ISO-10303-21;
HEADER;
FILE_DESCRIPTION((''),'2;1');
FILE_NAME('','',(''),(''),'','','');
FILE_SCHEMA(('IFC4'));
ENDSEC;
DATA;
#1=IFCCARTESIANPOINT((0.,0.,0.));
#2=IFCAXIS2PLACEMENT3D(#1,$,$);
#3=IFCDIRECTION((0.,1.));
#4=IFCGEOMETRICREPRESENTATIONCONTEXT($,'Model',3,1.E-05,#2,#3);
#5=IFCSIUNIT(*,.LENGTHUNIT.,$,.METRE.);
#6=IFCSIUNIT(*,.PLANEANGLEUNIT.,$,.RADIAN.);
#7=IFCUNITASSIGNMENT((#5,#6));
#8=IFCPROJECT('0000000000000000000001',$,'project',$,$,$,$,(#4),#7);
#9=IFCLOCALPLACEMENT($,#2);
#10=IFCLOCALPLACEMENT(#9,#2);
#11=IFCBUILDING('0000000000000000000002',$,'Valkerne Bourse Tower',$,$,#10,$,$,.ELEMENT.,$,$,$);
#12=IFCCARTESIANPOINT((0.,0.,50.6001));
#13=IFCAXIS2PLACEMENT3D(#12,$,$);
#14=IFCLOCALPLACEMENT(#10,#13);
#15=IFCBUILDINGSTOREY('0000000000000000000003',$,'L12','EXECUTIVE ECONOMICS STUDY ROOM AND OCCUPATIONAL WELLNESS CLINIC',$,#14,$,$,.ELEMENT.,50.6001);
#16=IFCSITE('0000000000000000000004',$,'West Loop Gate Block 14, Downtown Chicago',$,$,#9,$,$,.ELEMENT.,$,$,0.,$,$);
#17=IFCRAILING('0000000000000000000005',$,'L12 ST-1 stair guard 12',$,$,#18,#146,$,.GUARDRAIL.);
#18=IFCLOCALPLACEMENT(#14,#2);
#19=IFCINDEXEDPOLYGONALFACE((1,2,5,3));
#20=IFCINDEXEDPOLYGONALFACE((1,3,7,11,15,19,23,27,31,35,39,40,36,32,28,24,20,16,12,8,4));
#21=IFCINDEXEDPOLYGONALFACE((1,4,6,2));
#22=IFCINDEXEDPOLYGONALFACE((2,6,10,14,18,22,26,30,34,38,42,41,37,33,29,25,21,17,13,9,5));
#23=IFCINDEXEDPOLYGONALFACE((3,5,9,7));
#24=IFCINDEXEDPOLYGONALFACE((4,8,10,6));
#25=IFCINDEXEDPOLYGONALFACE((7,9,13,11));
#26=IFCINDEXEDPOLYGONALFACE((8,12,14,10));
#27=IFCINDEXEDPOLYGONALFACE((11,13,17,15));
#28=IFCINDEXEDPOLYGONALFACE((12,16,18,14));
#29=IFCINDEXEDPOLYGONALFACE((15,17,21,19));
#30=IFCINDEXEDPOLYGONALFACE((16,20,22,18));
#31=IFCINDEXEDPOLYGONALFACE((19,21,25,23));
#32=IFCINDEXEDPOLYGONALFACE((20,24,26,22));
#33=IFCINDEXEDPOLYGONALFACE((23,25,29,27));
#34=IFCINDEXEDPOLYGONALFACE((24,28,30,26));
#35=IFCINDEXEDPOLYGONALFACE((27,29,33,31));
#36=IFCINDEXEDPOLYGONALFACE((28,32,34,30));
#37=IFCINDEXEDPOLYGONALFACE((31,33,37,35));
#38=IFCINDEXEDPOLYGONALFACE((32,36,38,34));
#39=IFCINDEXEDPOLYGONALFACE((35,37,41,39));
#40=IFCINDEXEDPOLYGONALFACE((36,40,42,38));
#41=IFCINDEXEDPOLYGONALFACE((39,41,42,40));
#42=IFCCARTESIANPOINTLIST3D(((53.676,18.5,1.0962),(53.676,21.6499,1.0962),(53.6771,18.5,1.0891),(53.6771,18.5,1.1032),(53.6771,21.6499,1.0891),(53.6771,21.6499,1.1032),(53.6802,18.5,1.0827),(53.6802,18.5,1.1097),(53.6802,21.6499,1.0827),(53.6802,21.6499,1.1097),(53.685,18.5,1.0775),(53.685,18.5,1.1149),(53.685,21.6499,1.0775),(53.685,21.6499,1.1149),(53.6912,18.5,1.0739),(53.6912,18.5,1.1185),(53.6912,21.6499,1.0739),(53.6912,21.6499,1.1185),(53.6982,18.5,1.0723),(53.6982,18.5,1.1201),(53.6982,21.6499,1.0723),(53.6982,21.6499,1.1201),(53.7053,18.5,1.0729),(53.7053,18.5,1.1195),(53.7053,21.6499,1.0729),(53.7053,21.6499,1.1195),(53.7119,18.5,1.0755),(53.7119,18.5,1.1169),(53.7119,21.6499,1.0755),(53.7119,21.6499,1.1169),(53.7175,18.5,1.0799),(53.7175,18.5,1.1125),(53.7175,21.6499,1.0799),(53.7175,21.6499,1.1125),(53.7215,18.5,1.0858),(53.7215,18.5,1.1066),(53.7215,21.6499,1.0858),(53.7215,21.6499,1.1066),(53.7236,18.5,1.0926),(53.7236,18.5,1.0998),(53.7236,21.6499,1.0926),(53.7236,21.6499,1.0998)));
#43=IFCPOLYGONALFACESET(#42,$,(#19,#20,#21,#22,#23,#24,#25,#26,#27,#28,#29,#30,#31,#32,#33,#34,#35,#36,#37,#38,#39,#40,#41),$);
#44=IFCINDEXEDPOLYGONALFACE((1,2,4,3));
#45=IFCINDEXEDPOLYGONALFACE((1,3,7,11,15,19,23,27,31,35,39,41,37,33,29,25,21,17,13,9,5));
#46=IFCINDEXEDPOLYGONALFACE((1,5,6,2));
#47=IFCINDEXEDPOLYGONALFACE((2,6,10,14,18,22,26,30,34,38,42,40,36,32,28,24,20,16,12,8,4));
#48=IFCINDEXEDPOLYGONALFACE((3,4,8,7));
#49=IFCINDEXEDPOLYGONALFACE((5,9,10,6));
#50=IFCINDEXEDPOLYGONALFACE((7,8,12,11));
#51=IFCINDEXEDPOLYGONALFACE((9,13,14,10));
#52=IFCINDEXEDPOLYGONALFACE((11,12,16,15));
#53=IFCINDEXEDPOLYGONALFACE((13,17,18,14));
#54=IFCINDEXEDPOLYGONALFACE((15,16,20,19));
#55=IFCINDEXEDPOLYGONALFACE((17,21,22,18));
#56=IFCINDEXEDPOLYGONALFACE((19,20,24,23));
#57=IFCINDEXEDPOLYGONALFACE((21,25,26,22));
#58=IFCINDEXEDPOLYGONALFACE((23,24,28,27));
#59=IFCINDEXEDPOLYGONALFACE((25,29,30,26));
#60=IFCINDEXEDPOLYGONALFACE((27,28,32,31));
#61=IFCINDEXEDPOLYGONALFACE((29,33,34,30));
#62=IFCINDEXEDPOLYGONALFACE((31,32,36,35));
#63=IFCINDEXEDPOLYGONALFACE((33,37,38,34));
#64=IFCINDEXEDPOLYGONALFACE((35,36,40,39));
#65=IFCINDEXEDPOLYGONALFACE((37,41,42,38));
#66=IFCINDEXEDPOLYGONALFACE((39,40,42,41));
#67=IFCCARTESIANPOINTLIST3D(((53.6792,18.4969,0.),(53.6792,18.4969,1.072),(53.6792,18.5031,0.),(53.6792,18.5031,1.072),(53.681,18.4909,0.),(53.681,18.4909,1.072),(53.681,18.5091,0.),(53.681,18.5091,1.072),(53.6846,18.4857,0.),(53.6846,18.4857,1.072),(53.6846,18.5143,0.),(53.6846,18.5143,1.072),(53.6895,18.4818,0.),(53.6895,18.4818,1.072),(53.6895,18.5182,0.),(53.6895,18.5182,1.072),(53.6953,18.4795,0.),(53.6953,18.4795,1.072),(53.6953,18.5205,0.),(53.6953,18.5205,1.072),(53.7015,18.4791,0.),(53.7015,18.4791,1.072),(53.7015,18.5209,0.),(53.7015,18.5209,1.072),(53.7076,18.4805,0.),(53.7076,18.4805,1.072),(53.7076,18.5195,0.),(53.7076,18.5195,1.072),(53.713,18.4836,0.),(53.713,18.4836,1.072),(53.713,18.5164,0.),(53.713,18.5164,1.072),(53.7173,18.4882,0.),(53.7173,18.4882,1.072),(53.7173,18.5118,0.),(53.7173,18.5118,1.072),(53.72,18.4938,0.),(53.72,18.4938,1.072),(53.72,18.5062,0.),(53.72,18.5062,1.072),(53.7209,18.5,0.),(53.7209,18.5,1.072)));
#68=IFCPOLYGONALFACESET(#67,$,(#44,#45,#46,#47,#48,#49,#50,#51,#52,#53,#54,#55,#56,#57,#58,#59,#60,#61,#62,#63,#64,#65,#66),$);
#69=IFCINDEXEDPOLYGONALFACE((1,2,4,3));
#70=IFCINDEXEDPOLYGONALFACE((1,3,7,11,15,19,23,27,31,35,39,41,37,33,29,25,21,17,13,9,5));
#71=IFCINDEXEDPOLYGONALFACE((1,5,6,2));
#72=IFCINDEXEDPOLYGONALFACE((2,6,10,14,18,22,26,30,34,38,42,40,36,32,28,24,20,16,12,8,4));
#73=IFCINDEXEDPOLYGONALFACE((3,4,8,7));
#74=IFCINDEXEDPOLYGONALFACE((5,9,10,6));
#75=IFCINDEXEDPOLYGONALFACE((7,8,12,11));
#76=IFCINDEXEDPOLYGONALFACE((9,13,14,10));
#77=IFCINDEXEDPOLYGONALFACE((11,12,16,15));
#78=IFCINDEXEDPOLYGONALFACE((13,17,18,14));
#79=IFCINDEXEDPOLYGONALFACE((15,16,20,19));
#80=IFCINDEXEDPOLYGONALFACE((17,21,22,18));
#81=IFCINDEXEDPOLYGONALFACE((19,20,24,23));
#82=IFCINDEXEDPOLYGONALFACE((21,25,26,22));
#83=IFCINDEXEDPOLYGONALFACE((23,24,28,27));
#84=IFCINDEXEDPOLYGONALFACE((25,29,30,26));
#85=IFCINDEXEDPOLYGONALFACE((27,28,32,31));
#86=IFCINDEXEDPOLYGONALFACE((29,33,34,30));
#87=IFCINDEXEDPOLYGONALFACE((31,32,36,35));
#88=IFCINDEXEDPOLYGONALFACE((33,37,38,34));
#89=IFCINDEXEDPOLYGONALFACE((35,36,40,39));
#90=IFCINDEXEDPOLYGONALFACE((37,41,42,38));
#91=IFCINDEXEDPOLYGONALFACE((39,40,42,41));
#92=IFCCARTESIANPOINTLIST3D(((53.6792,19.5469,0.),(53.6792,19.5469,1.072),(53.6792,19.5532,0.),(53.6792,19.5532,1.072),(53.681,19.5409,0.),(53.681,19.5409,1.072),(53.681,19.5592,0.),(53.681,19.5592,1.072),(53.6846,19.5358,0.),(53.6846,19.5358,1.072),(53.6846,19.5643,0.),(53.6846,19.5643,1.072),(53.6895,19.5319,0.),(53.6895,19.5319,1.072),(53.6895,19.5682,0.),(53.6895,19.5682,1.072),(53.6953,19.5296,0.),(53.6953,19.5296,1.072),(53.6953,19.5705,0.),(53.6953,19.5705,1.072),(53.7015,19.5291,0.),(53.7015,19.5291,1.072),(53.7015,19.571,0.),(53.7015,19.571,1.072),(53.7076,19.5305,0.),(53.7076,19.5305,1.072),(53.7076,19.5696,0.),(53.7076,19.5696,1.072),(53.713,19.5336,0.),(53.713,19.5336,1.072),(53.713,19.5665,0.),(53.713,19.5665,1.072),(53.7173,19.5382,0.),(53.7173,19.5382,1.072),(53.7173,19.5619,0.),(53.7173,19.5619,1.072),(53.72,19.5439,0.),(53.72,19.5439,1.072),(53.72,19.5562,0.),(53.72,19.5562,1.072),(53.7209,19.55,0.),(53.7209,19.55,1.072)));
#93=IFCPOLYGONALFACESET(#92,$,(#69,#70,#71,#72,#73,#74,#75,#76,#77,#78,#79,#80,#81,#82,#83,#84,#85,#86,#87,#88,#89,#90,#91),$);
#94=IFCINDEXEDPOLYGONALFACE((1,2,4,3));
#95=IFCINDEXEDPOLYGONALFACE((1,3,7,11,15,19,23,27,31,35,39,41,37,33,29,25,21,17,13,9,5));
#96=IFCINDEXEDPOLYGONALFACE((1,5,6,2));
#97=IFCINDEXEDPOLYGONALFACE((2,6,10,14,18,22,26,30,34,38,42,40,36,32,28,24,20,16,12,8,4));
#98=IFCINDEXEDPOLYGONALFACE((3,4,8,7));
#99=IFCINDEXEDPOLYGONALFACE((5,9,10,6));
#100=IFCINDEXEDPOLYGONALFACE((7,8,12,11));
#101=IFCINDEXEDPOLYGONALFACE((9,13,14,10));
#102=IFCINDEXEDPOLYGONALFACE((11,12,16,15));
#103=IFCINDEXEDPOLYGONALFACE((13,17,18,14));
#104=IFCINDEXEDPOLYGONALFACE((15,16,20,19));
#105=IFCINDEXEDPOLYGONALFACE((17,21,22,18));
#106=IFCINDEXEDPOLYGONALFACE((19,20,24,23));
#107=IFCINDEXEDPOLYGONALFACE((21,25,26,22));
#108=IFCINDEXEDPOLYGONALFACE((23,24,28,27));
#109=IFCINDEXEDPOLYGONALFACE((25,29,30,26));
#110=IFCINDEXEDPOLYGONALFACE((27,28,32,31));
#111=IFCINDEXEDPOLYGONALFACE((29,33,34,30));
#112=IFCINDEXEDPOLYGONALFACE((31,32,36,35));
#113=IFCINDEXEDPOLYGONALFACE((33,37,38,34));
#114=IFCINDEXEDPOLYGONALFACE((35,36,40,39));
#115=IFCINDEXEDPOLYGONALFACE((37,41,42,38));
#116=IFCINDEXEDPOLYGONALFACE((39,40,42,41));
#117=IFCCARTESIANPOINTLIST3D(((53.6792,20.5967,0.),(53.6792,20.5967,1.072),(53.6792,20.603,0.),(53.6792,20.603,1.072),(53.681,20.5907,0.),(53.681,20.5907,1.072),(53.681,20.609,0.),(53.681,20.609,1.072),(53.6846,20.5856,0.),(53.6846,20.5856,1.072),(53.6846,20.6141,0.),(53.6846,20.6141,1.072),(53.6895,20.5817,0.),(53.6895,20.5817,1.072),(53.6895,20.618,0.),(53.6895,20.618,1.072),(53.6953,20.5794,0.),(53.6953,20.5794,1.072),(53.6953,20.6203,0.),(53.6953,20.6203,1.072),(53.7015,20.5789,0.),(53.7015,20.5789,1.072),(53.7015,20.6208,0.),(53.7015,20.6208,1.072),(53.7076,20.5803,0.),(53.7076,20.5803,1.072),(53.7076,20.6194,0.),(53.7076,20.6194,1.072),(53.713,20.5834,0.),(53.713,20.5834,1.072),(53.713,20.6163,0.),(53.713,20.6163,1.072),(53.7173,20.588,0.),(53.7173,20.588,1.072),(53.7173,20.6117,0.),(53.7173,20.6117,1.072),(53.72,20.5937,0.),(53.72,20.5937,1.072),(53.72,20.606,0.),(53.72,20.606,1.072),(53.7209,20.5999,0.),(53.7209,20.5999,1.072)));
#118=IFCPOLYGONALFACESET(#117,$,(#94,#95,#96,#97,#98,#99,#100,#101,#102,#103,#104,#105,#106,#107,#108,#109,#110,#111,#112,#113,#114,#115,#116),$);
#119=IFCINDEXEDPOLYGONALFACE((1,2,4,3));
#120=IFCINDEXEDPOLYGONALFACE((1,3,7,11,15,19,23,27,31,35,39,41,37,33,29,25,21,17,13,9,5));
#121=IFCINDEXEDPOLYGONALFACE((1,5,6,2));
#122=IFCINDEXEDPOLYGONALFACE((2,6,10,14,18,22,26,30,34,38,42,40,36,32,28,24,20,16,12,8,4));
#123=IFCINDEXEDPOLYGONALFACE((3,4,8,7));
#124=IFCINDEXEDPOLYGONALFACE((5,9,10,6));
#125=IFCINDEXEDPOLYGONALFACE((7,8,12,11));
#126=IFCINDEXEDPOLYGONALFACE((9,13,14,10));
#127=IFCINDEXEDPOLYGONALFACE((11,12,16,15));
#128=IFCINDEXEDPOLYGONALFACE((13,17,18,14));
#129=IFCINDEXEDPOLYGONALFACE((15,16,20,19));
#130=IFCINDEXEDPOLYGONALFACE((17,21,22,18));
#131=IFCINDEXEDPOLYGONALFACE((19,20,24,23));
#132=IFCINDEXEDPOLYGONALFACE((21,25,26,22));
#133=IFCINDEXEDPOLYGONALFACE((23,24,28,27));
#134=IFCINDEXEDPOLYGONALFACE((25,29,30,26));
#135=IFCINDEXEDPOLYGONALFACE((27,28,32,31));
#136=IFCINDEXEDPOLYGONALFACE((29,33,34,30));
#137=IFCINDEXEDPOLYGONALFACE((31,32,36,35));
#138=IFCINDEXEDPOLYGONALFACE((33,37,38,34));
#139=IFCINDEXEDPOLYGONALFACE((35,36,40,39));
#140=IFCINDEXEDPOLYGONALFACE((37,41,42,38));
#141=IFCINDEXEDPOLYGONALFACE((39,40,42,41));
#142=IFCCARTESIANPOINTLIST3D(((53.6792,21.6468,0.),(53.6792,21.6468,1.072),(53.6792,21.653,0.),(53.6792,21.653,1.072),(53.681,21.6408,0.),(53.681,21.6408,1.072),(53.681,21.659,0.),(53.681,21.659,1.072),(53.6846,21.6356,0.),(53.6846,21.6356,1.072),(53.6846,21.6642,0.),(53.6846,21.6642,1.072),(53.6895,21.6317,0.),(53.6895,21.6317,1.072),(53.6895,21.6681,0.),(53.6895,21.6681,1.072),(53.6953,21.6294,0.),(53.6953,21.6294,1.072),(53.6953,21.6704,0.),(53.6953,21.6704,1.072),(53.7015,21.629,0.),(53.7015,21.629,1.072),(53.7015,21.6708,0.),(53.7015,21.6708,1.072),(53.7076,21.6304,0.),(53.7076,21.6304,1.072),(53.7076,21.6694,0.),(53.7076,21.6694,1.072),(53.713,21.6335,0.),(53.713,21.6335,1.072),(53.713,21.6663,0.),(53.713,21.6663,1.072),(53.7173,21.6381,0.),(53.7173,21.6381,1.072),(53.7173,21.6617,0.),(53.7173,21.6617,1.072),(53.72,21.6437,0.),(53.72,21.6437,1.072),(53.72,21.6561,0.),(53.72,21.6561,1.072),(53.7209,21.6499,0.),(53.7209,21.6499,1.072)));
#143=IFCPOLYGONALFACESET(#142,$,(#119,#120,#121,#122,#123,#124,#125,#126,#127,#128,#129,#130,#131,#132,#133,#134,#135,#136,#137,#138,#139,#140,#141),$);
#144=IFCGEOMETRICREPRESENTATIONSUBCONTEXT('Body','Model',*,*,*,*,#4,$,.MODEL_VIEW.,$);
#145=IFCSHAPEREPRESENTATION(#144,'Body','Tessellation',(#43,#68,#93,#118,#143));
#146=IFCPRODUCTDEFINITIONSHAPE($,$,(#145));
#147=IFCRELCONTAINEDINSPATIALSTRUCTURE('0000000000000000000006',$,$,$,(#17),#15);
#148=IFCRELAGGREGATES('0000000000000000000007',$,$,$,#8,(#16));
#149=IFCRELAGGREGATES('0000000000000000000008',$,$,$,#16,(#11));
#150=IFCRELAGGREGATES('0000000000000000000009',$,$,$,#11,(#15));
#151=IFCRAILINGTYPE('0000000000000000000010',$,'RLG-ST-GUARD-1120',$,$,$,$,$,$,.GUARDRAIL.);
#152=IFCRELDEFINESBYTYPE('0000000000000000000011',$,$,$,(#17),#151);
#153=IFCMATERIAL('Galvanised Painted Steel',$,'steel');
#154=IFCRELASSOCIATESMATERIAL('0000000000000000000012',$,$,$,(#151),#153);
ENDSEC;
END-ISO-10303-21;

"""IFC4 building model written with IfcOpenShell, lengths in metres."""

from ifc_helpers import new_model, si_unit, direction, frame, origin, origin_2d, place, context, subcontext, project, spatial, circle, extrude, material, type_object, element, save


model = new_model("IFC4")

# Units and contexts
model_context = context("Model", 3, precision=1e-05, world=origin(), true_north=direction((0.0, 1.0)))
body_context = subcontext(model_context, "Body", "Model", "MODEL_VIEW")
ifc_project = project(units=[si_unit("LENGTHUNIT", "METRE"), si_unit("PLANEANGLEUNIT", "RADIAN")], contexts=[model_context])

# Site, building, storey
site_placement = place(None, origin())
site = spatial("IfcSite", under=ifc_project, at=site_placement, Name="West Loop Gate Block 14, Downtown Chicago", CompositionType="ELEMENT", RefElevation=0.0)
building_placement = place(site_placement, origin())
building = spatial("IfcBuilding", under=site, at=building_placement, Name="Valkerne Bourse Tower", CompositionType="ELEMENT")
storey_placement = place(building_placement, frame((0.0, 0.0, 50.6001)))
storey = spatial("IfcBuildingStorey", under=building, at=storey_placement, Name="L12", Description="EXECUTIVE ECONOMICS STUDY ROOM AND OCCUPATIONAL WELLNESS CLINIC", CompositionType="ELEMENT", Elevation=50.6001)

# Railing
ifc_material_1 = material(Name="Galvanised Painted Steel", Category="steel")
railing_type = type_object("IfcRailingType", Name="RLG-ST-GUARD-1120", PredefinedType="GUARDRAIL", material=ifc_material_1)
railing_placement = place(storey_placement, frame((53.7, 18.5, 0.0)))
element("IfcRailing", 1, at=railing_placement, inside=storey, type_object=railing_type, Name="L12 ST-1 stair guard 12", PredefinedType="GUARDRAIL", context=body_context, shape_type="SweptSolid", body=[
    extrude(circle(Radius=0.0239, at=origin_2d()), frame((0.0, 0.0, 1.0962), z_axis=(0.0, 1.0, 0.0), x_axis=(-1.0, 0.0, 0.0)), (0.0, 0.0, 1.0), 3.1499),
    extrude(circle(Radius=0.021, at=origin_2d()), origin(), (0.0, 0.0, 1.0), 1.072),
    extrude(circle(Radius=0.021, at=origin_2d()), frame((0.0, 1.05, 0.0)), (0.0, 0.0, 1.0), 1.072),
    extrude(circle(Radius=0.021, at=origin_2d()), frame((0.0, 2.0999, 0.0)), (0.0, 0.0, 1.0), 1.072),
    extrude(circle(Radius=0.021, at=origin_2d()), frame((0.0, 3.1499, 0.0)), (0.0, 0.0, 1.0), 1.072),
])

save(model, "model.ifc")
